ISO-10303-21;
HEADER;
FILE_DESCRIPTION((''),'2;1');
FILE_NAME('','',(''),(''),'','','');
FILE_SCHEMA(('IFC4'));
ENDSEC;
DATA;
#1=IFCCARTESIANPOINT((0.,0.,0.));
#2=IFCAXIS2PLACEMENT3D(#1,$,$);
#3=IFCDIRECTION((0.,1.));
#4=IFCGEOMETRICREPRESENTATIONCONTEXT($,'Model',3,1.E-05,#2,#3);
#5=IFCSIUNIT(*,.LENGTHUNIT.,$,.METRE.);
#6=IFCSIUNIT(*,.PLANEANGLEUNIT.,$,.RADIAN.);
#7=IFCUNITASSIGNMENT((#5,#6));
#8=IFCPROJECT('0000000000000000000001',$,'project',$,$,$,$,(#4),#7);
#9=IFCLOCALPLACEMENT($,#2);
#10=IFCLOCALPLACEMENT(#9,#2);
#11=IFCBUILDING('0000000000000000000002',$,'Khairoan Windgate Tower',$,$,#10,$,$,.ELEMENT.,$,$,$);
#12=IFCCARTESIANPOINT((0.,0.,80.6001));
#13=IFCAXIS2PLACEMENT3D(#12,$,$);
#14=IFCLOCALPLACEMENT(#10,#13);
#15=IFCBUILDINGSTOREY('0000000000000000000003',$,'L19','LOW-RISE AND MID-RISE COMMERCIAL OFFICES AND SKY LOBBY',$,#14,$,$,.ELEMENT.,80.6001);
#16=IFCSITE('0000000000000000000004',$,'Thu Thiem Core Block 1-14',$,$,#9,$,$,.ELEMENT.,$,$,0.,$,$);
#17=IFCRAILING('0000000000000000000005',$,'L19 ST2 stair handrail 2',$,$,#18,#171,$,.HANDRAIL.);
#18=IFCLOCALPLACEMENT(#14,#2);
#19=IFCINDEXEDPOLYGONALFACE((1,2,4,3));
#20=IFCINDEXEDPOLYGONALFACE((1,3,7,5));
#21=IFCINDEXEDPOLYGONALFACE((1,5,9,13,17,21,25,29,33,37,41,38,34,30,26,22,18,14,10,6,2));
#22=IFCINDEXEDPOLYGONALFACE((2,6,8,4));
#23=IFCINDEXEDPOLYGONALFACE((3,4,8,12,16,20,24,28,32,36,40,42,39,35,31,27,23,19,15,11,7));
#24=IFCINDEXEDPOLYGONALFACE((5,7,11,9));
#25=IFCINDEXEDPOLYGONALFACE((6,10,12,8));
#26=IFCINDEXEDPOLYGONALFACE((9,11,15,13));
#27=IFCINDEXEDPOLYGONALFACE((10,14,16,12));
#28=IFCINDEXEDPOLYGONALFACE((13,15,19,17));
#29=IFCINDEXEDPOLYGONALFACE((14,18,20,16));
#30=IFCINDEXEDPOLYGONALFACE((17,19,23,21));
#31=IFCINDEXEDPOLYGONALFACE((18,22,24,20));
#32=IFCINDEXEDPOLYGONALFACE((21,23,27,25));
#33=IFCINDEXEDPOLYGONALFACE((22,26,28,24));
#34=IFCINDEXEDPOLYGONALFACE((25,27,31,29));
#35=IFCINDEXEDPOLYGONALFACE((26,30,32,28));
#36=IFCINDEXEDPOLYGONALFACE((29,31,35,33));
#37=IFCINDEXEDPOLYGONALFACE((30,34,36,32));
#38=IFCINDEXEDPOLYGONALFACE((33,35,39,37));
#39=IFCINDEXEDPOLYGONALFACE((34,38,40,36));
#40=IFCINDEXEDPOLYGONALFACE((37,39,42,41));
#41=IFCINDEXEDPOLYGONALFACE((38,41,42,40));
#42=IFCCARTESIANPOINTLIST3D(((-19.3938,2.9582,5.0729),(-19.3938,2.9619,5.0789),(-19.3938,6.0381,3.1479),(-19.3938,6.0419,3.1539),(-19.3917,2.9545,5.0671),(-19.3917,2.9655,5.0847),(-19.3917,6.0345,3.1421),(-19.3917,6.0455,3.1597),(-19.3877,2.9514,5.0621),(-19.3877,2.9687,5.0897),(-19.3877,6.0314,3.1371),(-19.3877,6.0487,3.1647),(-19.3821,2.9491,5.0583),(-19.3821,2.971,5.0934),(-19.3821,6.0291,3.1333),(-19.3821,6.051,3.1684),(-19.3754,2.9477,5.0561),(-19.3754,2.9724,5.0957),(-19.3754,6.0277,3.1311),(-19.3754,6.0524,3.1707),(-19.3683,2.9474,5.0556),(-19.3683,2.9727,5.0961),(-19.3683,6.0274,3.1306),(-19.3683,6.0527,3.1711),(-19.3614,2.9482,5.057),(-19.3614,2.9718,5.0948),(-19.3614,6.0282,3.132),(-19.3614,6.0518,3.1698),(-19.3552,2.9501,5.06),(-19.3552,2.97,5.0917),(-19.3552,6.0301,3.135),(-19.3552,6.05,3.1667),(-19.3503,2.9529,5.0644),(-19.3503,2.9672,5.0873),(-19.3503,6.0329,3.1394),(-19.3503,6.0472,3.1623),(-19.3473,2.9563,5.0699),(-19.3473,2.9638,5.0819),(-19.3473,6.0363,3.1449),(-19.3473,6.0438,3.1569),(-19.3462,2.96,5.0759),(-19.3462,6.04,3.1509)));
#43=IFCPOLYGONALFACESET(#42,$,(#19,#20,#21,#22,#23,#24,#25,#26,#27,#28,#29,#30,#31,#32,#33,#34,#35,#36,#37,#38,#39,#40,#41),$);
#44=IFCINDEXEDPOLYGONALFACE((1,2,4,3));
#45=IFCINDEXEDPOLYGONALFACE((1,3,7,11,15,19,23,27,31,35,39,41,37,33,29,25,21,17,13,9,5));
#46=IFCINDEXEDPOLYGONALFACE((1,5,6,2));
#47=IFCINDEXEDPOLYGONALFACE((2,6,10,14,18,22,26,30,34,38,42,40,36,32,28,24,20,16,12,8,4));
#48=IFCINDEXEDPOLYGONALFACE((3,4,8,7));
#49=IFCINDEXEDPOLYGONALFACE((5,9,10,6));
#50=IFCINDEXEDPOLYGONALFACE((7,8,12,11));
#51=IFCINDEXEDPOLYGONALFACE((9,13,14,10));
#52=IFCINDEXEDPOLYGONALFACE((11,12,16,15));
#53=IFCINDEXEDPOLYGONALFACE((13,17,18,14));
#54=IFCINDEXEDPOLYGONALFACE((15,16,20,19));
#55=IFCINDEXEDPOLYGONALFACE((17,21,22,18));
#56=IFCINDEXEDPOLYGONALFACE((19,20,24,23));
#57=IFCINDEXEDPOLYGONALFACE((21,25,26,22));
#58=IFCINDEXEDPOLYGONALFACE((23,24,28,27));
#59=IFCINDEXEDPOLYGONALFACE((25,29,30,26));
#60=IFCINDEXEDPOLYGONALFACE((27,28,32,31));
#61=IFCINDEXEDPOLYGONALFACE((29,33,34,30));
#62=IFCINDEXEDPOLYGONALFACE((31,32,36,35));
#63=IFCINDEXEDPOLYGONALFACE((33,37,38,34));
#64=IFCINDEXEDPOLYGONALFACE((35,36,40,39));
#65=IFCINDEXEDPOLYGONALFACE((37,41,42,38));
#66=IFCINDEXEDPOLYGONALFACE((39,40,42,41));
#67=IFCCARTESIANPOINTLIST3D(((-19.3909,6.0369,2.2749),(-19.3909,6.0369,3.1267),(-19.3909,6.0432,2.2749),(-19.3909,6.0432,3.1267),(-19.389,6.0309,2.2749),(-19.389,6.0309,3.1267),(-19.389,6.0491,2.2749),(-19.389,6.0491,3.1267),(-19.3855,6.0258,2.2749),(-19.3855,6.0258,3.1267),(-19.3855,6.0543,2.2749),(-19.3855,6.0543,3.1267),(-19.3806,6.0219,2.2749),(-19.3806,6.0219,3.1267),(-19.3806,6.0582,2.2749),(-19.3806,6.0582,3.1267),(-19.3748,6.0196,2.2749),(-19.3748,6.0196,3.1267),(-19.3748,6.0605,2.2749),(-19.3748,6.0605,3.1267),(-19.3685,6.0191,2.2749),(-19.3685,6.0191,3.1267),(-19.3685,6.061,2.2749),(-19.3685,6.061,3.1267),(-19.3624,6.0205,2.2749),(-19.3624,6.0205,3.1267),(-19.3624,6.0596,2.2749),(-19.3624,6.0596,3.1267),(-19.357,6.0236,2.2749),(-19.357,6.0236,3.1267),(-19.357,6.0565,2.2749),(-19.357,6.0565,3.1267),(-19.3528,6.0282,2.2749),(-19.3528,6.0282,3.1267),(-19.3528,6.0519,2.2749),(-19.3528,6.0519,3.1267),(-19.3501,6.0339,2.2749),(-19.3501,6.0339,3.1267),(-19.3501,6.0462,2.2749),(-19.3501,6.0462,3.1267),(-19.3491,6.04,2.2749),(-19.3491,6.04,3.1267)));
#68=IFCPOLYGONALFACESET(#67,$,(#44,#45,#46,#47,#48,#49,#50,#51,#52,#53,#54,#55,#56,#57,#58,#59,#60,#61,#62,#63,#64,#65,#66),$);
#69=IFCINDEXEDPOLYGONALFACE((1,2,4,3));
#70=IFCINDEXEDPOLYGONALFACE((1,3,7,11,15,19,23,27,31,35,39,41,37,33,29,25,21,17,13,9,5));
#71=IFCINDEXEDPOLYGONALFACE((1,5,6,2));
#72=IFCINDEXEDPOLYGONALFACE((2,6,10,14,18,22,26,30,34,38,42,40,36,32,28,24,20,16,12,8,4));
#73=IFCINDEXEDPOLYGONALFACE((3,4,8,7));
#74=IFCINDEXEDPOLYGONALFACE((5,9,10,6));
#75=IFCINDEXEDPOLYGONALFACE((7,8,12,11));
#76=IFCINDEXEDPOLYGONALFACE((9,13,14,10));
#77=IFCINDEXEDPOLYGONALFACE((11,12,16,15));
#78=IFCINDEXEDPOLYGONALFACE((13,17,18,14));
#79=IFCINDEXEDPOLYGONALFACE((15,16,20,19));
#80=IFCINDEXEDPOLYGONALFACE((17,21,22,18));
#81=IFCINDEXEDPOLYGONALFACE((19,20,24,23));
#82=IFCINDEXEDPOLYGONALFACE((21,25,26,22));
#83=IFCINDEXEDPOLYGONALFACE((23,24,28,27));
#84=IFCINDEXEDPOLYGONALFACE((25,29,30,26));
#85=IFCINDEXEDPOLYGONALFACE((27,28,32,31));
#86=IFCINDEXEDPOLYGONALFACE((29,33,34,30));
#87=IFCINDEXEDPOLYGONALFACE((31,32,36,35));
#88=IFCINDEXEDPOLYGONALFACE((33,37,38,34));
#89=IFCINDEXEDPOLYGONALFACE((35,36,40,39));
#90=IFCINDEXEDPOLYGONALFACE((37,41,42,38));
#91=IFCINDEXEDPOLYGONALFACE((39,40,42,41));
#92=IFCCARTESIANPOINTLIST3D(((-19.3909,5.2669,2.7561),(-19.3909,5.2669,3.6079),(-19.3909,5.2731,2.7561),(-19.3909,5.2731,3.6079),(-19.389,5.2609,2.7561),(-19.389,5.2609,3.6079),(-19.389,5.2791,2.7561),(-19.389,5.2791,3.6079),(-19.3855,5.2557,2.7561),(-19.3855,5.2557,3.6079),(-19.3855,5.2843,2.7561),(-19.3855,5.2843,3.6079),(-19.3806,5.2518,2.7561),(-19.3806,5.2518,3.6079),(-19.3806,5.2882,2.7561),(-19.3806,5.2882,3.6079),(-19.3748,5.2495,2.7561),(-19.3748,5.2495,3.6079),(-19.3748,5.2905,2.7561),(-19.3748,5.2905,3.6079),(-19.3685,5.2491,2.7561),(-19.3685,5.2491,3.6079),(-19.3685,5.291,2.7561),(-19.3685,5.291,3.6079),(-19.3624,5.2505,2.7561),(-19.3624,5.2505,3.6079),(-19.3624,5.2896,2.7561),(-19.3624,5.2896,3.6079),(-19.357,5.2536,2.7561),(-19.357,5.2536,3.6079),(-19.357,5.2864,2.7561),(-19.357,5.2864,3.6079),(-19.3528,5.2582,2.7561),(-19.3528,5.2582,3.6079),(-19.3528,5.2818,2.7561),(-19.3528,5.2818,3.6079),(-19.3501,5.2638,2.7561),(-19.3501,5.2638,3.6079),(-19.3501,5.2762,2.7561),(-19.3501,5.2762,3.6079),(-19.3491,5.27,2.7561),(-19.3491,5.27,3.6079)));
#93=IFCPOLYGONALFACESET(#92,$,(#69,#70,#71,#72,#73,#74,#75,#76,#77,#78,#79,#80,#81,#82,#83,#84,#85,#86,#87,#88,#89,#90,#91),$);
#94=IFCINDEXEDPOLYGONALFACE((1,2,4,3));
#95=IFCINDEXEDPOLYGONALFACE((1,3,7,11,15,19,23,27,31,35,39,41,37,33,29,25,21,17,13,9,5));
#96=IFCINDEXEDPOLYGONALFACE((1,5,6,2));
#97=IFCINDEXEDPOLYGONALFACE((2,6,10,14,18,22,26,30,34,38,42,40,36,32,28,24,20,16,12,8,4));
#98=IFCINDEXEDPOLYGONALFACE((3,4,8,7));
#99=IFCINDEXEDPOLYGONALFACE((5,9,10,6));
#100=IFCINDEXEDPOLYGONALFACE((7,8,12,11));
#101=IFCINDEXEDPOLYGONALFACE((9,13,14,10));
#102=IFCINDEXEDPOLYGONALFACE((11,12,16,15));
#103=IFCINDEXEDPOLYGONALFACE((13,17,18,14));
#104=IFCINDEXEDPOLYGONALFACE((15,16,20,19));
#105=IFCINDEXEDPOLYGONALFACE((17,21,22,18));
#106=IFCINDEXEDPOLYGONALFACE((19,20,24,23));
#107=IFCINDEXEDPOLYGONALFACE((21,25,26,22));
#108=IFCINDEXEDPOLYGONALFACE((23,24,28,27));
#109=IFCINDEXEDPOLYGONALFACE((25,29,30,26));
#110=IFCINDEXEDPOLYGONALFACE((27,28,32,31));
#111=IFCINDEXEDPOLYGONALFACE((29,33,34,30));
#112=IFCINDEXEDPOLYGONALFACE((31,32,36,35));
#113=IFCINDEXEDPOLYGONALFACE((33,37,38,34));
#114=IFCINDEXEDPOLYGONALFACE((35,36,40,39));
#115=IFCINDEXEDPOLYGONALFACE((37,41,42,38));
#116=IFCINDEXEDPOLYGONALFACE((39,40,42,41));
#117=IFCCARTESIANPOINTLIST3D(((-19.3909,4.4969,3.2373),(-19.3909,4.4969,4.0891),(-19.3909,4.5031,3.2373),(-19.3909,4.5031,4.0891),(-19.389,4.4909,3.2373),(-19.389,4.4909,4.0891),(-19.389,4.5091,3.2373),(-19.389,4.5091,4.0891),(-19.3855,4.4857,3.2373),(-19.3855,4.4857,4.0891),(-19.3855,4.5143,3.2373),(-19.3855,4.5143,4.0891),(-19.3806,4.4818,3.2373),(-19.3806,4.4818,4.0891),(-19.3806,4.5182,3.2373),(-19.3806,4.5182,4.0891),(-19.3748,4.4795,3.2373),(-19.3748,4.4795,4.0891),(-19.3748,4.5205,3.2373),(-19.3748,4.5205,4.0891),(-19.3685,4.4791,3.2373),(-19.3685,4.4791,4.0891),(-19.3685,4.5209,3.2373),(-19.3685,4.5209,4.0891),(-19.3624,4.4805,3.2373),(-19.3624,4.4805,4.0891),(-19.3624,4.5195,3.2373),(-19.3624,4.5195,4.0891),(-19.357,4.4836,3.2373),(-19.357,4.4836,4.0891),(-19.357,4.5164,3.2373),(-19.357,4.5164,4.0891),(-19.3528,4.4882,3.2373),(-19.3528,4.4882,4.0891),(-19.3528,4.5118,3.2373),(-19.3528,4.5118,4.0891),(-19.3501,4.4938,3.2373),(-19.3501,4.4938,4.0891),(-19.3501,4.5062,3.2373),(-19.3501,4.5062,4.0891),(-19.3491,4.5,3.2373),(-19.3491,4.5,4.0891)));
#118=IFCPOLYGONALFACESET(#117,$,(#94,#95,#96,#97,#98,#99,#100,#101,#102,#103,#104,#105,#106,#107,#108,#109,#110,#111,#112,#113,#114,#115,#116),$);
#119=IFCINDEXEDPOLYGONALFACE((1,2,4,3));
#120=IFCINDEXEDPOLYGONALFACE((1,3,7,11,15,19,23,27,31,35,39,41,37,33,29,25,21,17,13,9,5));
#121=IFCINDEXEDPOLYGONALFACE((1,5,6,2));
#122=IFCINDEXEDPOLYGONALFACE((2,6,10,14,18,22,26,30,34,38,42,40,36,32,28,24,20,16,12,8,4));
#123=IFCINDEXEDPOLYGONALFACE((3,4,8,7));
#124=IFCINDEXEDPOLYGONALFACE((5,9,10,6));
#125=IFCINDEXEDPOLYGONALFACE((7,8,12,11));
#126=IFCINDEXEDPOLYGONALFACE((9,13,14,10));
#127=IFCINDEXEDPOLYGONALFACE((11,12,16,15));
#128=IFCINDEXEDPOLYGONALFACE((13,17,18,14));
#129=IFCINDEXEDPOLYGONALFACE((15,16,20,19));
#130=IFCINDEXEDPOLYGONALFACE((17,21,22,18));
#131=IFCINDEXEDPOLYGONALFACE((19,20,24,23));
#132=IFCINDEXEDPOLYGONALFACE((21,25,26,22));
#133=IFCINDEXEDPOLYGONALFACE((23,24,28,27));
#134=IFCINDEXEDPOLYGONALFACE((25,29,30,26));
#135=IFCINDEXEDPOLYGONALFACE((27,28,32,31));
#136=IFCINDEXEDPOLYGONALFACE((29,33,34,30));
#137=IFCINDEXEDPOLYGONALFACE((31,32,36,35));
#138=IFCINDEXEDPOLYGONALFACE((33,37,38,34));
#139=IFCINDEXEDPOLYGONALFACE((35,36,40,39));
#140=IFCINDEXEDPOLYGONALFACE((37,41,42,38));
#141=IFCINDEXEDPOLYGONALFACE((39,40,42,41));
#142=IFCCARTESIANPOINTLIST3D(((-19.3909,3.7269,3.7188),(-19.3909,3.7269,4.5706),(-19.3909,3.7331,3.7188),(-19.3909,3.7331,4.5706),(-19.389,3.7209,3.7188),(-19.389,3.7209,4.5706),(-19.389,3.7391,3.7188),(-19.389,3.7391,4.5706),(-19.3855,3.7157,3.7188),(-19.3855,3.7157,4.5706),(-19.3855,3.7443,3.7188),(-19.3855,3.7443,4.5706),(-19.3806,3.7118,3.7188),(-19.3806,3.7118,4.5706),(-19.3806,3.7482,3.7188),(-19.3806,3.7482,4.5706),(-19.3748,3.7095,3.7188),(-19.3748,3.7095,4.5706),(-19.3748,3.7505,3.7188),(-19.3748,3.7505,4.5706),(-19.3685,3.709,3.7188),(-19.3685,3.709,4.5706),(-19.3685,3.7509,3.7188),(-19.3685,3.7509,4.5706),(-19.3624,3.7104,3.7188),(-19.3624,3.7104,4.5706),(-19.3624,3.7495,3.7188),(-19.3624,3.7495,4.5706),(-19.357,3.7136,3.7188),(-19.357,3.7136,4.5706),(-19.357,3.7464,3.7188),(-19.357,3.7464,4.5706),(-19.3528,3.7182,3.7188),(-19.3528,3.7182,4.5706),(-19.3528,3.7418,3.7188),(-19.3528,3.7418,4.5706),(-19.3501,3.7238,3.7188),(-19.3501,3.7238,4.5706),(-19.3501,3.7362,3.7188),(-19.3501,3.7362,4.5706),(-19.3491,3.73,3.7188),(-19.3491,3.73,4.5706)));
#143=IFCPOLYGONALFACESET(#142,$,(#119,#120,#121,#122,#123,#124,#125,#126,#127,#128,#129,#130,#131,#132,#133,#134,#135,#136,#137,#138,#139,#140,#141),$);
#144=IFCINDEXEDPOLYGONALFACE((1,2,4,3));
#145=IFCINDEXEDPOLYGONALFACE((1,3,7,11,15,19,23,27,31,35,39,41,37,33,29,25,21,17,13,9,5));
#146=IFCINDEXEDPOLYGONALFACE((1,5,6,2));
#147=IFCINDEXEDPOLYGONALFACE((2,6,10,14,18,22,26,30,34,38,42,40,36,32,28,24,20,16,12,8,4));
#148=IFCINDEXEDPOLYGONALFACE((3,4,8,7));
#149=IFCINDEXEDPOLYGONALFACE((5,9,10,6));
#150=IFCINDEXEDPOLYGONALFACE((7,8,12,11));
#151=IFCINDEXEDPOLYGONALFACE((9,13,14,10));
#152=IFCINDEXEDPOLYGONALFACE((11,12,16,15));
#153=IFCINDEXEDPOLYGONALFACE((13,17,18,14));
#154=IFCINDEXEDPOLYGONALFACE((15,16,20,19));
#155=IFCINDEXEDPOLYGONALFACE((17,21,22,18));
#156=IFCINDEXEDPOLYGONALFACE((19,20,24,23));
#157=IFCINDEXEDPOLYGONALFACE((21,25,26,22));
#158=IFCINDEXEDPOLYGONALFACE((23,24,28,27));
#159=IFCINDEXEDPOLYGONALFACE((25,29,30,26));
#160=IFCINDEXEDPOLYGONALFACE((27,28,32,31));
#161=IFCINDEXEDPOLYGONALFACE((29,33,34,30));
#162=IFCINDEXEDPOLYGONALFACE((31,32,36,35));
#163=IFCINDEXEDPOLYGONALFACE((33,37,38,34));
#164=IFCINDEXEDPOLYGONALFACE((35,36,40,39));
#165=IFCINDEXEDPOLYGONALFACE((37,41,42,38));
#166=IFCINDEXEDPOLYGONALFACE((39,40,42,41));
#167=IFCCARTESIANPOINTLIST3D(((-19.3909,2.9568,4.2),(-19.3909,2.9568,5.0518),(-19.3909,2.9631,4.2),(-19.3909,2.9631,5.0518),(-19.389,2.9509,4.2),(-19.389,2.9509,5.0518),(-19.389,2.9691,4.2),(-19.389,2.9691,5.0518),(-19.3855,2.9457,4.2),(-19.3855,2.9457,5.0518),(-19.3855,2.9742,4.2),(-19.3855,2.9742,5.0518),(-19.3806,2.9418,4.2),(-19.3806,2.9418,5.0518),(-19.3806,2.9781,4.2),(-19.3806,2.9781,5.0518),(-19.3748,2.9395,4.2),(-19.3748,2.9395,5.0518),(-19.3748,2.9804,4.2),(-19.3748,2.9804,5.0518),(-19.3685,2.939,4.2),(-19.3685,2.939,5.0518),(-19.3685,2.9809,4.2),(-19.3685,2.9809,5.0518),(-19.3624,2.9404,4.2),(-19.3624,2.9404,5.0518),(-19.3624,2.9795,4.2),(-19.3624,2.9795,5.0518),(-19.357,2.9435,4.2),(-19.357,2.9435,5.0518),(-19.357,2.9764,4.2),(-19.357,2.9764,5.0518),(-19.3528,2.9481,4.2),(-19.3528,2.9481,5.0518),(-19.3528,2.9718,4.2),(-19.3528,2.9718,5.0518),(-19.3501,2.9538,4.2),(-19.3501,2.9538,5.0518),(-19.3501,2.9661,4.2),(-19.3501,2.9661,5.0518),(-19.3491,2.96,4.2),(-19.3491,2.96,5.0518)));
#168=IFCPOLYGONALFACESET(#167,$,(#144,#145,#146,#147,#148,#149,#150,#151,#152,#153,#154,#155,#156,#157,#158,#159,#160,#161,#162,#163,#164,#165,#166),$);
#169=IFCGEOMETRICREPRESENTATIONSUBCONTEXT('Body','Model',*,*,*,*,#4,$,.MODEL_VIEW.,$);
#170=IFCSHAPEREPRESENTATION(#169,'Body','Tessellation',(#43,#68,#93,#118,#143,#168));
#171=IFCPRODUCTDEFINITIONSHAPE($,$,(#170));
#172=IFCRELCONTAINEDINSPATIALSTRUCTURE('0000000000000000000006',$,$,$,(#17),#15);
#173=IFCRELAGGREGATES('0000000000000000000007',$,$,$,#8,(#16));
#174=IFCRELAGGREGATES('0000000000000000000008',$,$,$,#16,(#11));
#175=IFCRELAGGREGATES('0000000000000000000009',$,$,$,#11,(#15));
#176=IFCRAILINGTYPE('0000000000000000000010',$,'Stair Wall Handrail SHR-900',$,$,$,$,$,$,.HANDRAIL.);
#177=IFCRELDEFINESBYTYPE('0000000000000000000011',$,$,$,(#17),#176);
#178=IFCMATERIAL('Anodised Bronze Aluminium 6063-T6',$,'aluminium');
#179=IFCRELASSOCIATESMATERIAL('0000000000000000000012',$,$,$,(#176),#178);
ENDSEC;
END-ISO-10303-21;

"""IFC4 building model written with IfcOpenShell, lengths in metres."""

from ifc_helpers import new_model, si_unit, direction, frame, origin, origin_2d, place, context, subcontext, project, spatial, circle, extrude, material, type_object, element, save


model = new_model("IFC4")

# Units and contexts
model_context = context("Model", 3, precision=1e-05, world=origin(), true_north=direction((0.0, 1.0)))
body_context = subcontext(model_context, "Body", "Model", "MODEL_VIEW")
ifc_project = project(units=[si_unit("LENGTHUNIT", "METRE"), si_unit("PLANEANGLEUNIT", "RADIAN")], contexts=[model_context])

# Site, building, storey
site_placement = place(None, origin())
site = spatial("IfcSite", under=ifc_project, at=site_placement, Name="Thu Thiem Core Block 1-14", CompositionType="ELEMENT", RefElevation=0.0)
building_placement = place(site_placement, origin())
building = spatial("IfcBuilding", under=site, at=building_placement, Name="Khairoan Windgate Tower", CompositionType="ELEMENT")
storey_placement = place(building_placement, frame((0.0, 0.0, 80.6001)))
storey = spatial("IfcBuildingStorey", under=building, at=storey_placement, Name="L19", Description="LOW-RISE AND MID-RISE COMMERCIAL OFFICES AND SKY LOBBY", CompositionType="ELEMENT", Elevation=80.6001)

# Railing
ifc_material_1 = material(Name="Anodised Bronze Aluminium 6063-T6", Category="aluminium")
railing_type_1 = type_object("IfcRailingType", Name="Stair Wall Handrail SHR-900", PredefinedType="HANDRAIL", material=ifc_material_1)
railing_1_placement = place(storey_placement, frame((-19.3701, 6.04, 2.2749)))
element("IfcRailing", 1, at=railing_1_placement, inside=storey, type_object=railing_type_1, Name="L19 ST2 stair handrail 2", PredefinedType="HANDRAIL", context=body_context, shape_type="SweptSolid", body=[
    extrude(circle(Radius=0.0239, at=origin_2d()), frame((0.0, 0.0, 0.876), z_axis=(0.0, -0.847998, 0.529999), x_axis=(1.0, 0.0, 0.0)), (0.0, 0.0, 1.0), 3.6321),
    extrude(circle(Radius=0.021, at=origin_2d()), origin(), (0.0, 0.0, 1.0), 0.8518),
    extrude(circle(Radius=0.021, at=origin_2d()), frame((0.0, -0.77, 0.4812)), (0.0, 0.0, 1.0), 0.8518),
    extrude(circle(Radius=0.021, at=origin_2d()), frame((0.0, -1.54, 0.9624)), (0.0, 0.0, 1.0), 0.8518),
    extrude(circle(Radius=0.021, at=origin_2d()), frame((0.0, -2.3101, 1.4438)), (0.0, 0.0, 1.0), 0.8518),
    extrude(circle(Radius=0.021, at=origin_2d()), frame((0.0, -3.0801, 1.925)), (0.0, 0.0, 1.0), 0.8518),
])

save(model, "model.ifc")
